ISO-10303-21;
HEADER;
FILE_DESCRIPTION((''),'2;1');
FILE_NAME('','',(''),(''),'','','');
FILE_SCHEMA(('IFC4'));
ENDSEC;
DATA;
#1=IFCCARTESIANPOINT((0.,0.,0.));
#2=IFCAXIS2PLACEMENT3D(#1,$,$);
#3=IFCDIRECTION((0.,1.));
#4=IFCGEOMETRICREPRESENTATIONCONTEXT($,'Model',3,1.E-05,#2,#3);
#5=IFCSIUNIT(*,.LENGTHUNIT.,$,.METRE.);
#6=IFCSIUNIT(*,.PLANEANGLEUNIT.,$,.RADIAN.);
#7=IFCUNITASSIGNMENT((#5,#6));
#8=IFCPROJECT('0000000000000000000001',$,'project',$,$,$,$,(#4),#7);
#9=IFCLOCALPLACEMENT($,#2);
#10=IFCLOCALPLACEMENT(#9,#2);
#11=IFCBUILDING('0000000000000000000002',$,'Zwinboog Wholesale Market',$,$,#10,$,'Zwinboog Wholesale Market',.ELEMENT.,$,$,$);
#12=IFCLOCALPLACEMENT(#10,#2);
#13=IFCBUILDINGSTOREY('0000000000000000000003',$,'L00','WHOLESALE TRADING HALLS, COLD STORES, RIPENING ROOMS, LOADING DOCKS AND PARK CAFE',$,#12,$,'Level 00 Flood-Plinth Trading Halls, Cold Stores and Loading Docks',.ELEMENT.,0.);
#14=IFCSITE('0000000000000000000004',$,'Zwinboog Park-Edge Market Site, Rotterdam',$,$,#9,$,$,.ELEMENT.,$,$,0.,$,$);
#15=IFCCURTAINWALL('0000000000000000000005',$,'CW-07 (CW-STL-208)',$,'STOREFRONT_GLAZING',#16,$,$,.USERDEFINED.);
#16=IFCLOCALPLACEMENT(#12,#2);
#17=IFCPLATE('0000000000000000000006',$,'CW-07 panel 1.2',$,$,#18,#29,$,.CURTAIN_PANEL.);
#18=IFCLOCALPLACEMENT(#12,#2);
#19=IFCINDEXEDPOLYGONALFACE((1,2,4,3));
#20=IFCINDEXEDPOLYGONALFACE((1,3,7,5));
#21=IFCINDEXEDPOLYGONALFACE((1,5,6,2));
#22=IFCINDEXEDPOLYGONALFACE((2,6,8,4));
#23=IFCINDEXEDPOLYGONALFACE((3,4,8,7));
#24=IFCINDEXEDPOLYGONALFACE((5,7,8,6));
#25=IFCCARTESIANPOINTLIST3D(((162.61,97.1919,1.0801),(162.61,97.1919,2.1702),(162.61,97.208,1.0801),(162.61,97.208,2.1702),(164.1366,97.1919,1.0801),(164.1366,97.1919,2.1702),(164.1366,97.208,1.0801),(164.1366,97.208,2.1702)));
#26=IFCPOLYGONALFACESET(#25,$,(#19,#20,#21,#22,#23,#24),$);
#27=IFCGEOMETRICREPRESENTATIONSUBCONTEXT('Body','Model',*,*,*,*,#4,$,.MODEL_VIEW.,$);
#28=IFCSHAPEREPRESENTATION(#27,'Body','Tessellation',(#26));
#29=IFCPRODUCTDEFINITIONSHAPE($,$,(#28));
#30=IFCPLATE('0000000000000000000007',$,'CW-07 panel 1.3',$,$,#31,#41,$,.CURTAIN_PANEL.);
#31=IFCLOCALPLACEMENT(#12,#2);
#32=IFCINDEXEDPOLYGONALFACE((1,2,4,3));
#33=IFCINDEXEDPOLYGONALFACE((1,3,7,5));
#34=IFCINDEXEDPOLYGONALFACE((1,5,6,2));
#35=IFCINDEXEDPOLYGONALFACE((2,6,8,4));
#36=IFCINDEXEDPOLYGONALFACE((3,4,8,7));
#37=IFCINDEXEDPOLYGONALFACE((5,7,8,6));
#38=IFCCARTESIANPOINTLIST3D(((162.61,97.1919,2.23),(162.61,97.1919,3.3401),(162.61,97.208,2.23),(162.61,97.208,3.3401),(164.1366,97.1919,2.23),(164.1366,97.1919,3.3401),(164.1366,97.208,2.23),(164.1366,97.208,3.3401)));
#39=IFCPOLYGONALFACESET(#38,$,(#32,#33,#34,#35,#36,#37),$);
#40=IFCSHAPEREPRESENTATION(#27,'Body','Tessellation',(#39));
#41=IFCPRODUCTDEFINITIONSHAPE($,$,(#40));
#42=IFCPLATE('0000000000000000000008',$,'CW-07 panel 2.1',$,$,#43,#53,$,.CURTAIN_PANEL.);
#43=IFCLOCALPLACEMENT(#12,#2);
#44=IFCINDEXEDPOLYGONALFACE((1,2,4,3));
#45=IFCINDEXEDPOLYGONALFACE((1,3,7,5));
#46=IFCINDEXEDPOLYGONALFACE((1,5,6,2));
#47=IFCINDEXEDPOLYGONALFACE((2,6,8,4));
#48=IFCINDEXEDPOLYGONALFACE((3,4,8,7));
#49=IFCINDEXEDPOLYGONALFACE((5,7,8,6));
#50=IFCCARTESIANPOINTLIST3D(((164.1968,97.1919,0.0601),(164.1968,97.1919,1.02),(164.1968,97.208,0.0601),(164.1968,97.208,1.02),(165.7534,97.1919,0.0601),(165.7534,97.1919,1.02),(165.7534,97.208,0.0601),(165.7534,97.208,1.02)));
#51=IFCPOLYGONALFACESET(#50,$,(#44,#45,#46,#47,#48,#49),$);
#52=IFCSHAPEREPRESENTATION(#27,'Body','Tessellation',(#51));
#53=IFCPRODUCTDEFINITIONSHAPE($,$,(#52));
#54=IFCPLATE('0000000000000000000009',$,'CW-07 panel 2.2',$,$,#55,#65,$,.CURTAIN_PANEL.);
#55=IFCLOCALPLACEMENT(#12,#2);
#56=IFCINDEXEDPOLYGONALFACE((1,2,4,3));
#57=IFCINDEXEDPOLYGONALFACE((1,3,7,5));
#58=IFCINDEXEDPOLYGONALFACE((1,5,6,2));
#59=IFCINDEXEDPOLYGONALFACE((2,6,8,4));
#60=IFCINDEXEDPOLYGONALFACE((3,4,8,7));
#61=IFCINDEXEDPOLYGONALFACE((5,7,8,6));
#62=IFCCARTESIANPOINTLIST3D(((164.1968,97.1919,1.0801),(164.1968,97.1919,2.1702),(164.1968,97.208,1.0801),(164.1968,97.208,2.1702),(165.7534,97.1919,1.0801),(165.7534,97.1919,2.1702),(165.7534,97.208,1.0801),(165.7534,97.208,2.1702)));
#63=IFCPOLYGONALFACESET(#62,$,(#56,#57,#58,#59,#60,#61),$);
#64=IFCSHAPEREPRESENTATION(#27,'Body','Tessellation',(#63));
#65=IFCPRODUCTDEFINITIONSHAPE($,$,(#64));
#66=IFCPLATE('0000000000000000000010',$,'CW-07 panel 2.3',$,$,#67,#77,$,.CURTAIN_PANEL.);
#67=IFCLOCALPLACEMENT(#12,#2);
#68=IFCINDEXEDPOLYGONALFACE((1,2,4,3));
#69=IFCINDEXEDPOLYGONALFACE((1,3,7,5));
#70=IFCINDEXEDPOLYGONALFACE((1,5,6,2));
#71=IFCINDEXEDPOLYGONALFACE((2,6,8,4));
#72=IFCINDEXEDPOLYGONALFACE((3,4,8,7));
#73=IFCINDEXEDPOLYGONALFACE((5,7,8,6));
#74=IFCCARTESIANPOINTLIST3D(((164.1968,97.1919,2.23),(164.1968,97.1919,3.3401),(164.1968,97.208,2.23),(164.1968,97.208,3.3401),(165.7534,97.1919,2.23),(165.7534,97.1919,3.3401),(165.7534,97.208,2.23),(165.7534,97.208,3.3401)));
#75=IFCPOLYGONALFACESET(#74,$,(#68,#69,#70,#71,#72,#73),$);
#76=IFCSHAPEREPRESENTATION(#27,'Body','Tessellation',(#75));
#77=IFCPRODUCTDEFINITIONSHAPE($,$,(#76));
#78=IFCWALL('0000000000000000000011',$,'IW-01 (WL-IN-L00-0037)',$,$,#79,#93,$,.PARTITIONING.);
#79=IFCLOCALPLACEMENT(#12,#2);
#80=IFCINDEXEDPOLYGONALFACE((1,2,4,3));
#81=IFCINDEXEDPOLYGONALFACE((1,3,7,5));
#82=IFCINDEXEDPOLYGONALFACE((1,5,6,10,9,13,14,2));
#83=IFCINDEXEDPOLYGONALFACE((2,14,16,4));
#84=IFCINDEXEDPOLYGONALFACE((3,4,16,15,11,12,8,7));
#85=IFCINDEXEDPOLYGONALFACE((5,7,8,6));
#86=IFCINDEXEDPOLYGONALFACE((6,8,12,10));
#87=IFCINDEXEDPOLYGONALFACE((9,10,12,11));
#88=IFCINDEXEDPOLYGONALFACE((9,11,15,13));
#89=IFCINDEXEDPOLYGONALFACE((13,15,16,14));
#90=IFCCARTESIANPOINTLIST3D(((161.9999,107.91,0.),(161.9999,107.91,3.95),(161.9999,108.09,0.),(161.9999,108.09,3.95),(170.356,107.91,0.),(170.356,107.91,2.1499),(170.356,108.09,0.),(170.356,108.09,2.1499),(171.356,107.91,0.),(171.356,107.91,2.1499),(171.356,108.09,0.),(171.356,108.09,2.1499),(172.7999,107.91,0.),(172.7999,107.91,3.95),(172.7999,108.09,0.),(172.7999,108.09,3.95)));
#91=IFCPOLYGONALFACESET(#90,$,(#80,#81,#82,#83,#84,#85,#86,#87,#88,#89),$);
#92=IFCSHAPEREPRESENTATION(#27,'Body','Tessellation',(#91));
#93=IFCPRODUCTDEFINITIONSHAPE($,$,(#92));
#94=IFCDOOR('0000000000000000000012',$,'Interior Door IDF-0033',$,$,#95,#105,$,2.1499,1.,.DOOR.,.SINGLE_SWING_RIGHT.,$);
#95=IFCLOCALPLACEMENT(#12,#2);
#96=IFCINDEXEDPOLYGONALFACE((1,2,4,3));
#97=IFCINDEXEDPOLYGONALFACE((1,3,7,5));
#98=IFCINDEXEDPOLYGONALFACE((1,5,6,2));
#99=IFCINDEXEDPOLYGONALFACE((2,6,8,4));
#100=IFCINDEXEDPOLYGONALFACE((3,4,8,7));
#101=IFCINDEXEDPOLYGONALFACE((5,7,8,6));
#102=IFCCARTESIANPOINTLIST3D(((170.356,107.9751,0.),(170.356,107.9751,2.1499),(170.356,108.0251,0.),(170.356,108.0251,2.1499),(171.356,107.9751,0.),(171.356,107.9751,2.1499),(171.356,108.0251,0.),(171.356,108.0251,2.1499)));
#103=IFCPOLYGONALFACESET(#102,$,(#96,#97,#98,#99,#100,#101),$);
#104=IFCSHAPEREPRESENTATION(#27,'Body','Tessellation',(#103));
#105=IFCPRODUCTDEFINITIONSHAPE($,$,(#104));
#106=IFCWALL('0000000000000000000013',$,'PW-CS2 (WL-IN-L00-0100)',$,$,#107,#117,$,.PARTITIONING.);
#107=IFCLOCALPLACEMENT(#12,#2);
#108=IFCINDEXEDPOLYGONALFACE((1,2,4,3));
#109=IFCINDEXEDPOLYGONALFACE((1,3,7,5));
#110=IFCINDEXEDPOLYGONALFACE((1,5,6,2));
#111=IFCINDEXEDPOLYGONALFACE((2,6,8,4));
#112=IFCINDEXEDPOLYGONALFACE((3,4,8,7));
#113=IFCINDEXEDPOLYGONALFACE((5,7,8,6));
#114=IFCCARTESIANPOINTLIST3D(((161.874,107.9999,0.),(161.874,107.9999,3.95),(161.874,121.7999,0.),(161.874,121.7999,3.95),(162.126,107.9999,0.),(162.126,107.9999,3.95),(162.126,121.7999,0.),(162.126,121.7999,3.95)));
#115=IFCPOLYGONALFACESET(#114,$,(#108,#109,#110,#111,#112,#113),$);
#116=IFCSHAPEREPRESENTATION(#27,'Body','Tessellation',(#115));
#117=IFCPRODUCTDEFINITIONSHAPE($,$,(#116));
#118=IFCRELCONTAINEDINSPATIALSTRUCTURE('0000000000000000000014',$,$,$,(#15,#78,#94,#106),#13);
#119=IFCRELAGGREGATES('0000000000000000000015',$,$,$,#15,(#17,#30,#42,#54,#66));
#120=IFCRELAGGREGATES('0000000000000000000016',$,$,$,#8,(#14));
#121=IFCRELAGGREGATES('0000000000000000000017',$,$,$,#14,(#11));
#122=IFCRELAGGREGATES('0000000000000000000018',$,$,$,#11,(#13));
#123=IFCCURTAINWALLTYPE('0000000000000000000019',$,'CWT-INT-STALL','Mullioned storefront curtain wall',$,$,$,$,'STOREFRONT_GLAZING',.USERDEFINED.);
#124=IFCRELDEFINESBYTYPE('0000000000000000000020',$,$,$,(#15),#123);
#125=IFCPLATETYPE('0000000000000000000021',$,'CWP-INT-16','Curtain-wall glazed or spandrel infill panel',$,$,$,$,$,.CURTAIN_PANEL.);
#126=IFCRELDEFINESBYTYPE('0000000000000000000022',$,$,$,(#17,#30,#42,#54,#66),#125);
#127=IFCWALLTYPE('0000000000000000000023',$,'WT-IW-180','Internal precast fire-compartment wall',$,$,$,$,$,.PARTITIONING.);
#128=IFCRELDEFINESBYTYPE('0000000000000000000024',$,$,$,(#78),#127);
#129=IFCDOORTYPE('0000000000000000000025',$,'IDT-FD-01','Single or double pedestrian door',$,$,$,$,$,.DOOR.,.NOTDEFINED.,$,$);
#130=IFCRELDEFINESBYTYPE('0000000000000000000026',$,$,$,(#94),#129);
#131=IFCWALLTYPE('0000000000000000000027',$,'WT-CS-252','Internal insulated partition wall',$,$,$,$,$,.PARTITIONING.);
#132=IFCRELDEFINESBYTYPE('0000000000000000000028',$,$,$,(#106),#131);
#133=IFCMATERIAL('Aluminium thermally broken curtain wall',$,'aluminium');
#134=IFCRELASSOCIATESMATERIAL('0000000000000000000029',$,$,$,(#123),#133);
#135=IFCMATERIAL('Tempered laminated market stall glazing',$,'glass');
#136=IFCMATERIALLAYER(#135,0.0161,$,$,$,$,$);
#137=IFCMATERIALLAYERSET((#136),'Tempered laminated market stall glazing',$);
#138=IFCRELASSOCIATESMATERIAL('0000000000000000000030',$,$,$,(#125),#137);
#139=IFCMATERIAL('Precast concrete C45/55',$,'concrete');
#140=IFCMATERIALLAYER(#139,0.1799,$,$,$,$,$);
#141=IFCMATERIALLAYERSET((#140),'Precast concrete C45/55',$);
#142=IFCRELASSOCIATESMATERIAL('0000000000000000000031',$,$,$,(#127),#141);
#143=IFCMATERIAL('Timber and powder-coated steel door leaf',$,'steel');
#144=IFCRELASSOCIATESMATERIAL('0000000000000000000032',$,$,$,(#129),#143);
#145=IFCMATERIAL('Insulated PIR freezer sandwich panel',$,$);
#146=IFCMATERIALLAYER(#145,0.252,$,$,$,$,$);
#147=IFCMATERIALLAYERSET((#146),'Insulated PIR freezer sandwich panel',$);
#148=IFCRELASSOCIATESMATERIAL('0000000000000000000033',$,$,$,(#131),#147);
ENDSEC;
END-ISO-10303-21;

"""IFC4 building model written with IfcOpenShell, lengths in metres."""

from ifc_helpers import new_model, si_unit, direction, frame, frame_2d, origin, origin_2d, place, context, subcontext, project, spatial, rectangle, extrude, material, layer, layer_set, type_object, element, fill, aggregate, save


model = new_model("IFC4")

# Units and contexts
model_context = context("Model", 3, precision=1e-05, world=origin(), true_north=direction((0.0, 1.0)))
body_context = subcontext(model_context, "Body", "Model", "MODEL_VIEW")
ifc_project = project(units=[si_unit("LENGTHUNIT", "METRE"), si_unit("PLANEANGLEUNIT", "RADIAN")], contexts=[model_context])

# Site, building, storey
site_placement = place(None, origin())
site = spatial("IfcSite", under=ifc_project, at=site_placement, Name="Zwinboog Park-Edge Market Site, Rotterdam", CompositionType="ELEMENT", RefElevation=0.0)
building_placement = place(site_placement, origin())
building = spatial("IfcBuilding", under=site, at=building_placement, Name="Zwinboog Wholesale Market", LongName="Zwinboog Wholesale Market", CompositionType="ELEMENT")
storey_placement = place(building_placement, origin())
storey = spatial("IfcBuildingStorey", under=building, at=storey_placement, Name="L00", Description="WHOLESALE TRADING HALLS, COLD STORES, RIPENING ROOMS, LOADING DOCKS AND PARK CAFE", LongName="Level 00 Flood-Plinth Trading Halls, Cold Stores and Loading Docks", CompositionType="ELEMENT", Elevation=0.0)

# Shared definitions
ifc_material_1 = material(Name="Precast concrete C45/55", Category="concrete")

# Curtain wall, plates
ifc_material_2 = material(Name="Aluminium thermally broken curtain wall", Category="aluminium")
curtain_wall_type = type_object("IfcCurtainWallType", Name="CWT-INT-STALL", Description="Mullioned storefront curtain wall", ElementType="STOREFRONT_GLAZING", PredefinedType="USERDEFINED", material=ifc_material_2)
curtain_wall_placement = place(storey_placement, origin())
curtain_wall = element("IfcCurtainWall", 1, at=curtain_wall_placement, inside=storey, type_object=curtain_wall_type, Name="CW-07 (CW-STL-208)", ObjectType="STOREFRONT_GLAZING", PredefinedType="USERDEFINED")
ifc_material_3 = material(Name="Tempered laminated market stall glazing", Category="glass")
ifc_layer_1 = layer(ifc_material_3, 0.0161)
ifc_layer_set_1 = layer_set([ifc_layer_1], Name="Tempered laminated market stall glazing")
plate_type = type_object("IfcPlateType", Name="CWP-INT-16", Description="Curtain-wall glazed or spandrel infill panel", PredefinedType="CURTAIN_PANEL", material=ifc_layer_set_1)
plate_1_placement = place(storey_placement, frame((163.3733, 97.2, 1.0801), z_axis=(0.0, 0.0, 1.0), x_axis=(1.0, 0.0, 0.0)))
plate_1 = element("IfcPlate", 2, at=plate_1_placement, type_object=plate_type, Name="CW-07 panel 1.2", PredefinedType="CURTAIN_PANEL", context=body_context, shape_type="SweptSolid", body=[
    extrude(rectangle(XDim=1.5266, YDim=0.0161, at=origin_2d()), origin(), (0.0, 0.0, 1.0), 1.0901),
])
plate_2_placement = place(storey_placement, frame((163.3733, 97.2, 2.23), z_axis=(0.0, 0.0, 1.0), x_axis=(1.0, 0.0, 0.0)))
plate_2 = element("IfcPlate", 3, at=plate_2_placement, type_object=plate_type, Name="CW-07 panel 1.3", PredefinedType="CURTAIN_PANEL", context=body_context, shape_type="SweptSolid", body=[
    extrude(rectangle(XDim=1.5266, YDim=0.0161, at=origin_2d()), origin(), (0.0, 0.0, 1.0), 1.1101),
])
plate_3_placement = place(storey_placement, frame((164.9751, 97.2, 0.0601), z_axis=(0.0, 0.0, 1.0), x_axis=(1.0, 0.0, 0.0)))
plate_3 = element("IfcPlate", 4, at=plate_3_placement, type_object=plate_type, Name="CW-07 panel 2.1", PredefinedType="CURTAIN_PANEL", context=body_context, shape_type="SweptSolid", body=[
    extrude(rectangle(XDim=1.5566, YDim=0.0161, at=origin_2d()), origin(), (0.0, 0.0, 1.0), 0.96),
])
plate_4_placement = place(storey_placement, frame((164.9751, 97.2, 1.0801), z_axis=(0.0, 0.0, 1.0), x_axis=(1.0, 0.0, 0.0)))
plate_4 = element("IfcPlate", 5, at=plate_4_placement, type_object=plate_type, Name="CW-07 panel 2.2", PredefinedType="CURTAIN_PANEL", context=body_context, shape_type="SweptSolid", body=[
    extrude(rectangle(XDim=1.5566, YDim=0.0161, at=origin_2d()), origin(), (0.0, 0.0, 1.0), 1.0901),
])
plate_5_placement = place(storey_placement, frame((164.9751, 97.2, 2.23), z_axis=(0.0, 0.0, 1.0), x_axis=(1.0, 0.0, 0.0)))
plate_5 = element("IfcPlate", 6, at=plate_5_placement, type_object=plate_type, Name="CW-07 panel 2.3", PredefinedType="CURTAIN_PANEL", context=body_context, shape_type="SweptSolid", body=[
    extrude(rectangle(XDim=1.5566, YDim=0.0161, at=origin_2d()), origin(), (0.0, 0.0, 1.0), 1.1101),
])
aggregate(curtain_wall, [plate_1, plate_2, plate_3, plate_4, plate_5])

# Wall, opening, door
ifc_layer_2 = layer(ifc_material_1, 0.1799)
ifc_layer_set_2 = layer_set([ifc_layer_2], Name="Precast concrete C45/55")
wall_type_1 = type_object("IfcWallType", Name="WT-IW-180", Description="Internal precast fire-compartment wall", PredefinedType="PARTITIONING", material=ifc_layer_set_2)
wall_1_placement = place(storey_placement, frame((162.0, 108.0, 0.0), z_axis=(0.0, 0.0, 1.0), x_axis=(1.0, 0.0, 0.0)))
wall_1 = element("IfcWall", 7, at=wall_1_placement, inside=storey, type_object=wall_type_1, Name="IW-01 (WL-IN-L00-0037)", PredefinedType="PARTITIONING", context=body_context, shape_type="SweptSolid", body=[
    extrude(rectangle(XDim=10.8, YDim=0.1799, at=frame_2d((5.3999, 0.0))), origin(), (0.0, 0.0, 1.0), 3.95),
])
opening_placement = place(wall_1_placement, frame((8.356, 0.0, 0.0)))
opening = element("IfcOpeningElement", 8, at=opening_placement, cuts=wall_1, PredefinedType="OPENING", context=body_context, shape_type="SweptSolid", body=[
    extrude(rectangle(XDim=1.0, YDim=2.1499, at=frame_2d((0.5, 1.075))), frame((0.0, 0.0999, 0.0), z_axis=(0.0, -1.0, 0.0), x_axis=(1.0, 0.0, 0.0)), (0.0, 0.0, 1.0), 0.2),
])
ifc_material_4 = material(Name="Timber and powder-coated steel door leaf", Category="steel")
door_type = type_object("IfcDoorType", Name="IDT-FD-01", Description="Single or double pedestrian door", OperationType="NOTDEFINED", PredefinedType="DOOR", material=ifc_material_4)
door_placement = place(opening_placement, frame((1.0, 0.0, 0.0), z_axis=(0.0, 0.0, 1.0), x_axis=(-1.0, 0.0, 0.0)))
door = element("IfcDoor", 9, at=door_placement, inside=storey, type_object=door_type, Name="Interior Door IDF-0033", OperationType="SINGLE_SWING_RIGHT", OverallHeight=2.1499, OverallWidth=1.0, PredefinedType="DOOR", context=body_context, shape_type="SweptSolid", body=[
    extrude(rectangle(XDim=1.0, YDim=2.1499, at=frame_2d((0.5, 1.075))), frame((0.0, 0.0249, 0.0), z_axis=(0.0, -1.0, 0.0), x_axis=(1.0, 0.0, 0.0)), (0.0, 0.0, 1.0), 0.05),
])
fill(opening, door)

# Wall
ifc_material_5 = material(Name="Insulated PIR freezer sandwich panel")
ifc_layer_3 = layer(ifc_material_5, 0.252)
ifc_layer_set_3 = layer_set([ifc_layer_3], Name="Insulated PIR freezer sandwich panel")
wall_type_2 = type_object("IfcWallType", Name="WT-CS-252", Description="Internal insulated partition wall", PredefinedType="PARTITIONING", material=ifc_layer_set_3)
wall_2_placement = place(storey_placement, frame((162.0, 108.0, 0.0), z_axis=(0.0, 0.0, 1.0), x_axis=(0.0, 1.0, 0.0)))
element("IfcWall", 10, at=wall_2_placement, inside=storey, type_object=wall_type_2, Name="PW-CS2 (WL-IN-L00-0100)", PredefinedType="PARTITIONING", context=body_context, shape_type="SweptSolid", body=[
    extrude(rectangle(XDim=13.8, YDim=0.252, at=frame_2d((6.8999, 0.0))), origin(), (0.0, 0.0, 1.0), 3.95),
])

save(model, "model.ifc")
